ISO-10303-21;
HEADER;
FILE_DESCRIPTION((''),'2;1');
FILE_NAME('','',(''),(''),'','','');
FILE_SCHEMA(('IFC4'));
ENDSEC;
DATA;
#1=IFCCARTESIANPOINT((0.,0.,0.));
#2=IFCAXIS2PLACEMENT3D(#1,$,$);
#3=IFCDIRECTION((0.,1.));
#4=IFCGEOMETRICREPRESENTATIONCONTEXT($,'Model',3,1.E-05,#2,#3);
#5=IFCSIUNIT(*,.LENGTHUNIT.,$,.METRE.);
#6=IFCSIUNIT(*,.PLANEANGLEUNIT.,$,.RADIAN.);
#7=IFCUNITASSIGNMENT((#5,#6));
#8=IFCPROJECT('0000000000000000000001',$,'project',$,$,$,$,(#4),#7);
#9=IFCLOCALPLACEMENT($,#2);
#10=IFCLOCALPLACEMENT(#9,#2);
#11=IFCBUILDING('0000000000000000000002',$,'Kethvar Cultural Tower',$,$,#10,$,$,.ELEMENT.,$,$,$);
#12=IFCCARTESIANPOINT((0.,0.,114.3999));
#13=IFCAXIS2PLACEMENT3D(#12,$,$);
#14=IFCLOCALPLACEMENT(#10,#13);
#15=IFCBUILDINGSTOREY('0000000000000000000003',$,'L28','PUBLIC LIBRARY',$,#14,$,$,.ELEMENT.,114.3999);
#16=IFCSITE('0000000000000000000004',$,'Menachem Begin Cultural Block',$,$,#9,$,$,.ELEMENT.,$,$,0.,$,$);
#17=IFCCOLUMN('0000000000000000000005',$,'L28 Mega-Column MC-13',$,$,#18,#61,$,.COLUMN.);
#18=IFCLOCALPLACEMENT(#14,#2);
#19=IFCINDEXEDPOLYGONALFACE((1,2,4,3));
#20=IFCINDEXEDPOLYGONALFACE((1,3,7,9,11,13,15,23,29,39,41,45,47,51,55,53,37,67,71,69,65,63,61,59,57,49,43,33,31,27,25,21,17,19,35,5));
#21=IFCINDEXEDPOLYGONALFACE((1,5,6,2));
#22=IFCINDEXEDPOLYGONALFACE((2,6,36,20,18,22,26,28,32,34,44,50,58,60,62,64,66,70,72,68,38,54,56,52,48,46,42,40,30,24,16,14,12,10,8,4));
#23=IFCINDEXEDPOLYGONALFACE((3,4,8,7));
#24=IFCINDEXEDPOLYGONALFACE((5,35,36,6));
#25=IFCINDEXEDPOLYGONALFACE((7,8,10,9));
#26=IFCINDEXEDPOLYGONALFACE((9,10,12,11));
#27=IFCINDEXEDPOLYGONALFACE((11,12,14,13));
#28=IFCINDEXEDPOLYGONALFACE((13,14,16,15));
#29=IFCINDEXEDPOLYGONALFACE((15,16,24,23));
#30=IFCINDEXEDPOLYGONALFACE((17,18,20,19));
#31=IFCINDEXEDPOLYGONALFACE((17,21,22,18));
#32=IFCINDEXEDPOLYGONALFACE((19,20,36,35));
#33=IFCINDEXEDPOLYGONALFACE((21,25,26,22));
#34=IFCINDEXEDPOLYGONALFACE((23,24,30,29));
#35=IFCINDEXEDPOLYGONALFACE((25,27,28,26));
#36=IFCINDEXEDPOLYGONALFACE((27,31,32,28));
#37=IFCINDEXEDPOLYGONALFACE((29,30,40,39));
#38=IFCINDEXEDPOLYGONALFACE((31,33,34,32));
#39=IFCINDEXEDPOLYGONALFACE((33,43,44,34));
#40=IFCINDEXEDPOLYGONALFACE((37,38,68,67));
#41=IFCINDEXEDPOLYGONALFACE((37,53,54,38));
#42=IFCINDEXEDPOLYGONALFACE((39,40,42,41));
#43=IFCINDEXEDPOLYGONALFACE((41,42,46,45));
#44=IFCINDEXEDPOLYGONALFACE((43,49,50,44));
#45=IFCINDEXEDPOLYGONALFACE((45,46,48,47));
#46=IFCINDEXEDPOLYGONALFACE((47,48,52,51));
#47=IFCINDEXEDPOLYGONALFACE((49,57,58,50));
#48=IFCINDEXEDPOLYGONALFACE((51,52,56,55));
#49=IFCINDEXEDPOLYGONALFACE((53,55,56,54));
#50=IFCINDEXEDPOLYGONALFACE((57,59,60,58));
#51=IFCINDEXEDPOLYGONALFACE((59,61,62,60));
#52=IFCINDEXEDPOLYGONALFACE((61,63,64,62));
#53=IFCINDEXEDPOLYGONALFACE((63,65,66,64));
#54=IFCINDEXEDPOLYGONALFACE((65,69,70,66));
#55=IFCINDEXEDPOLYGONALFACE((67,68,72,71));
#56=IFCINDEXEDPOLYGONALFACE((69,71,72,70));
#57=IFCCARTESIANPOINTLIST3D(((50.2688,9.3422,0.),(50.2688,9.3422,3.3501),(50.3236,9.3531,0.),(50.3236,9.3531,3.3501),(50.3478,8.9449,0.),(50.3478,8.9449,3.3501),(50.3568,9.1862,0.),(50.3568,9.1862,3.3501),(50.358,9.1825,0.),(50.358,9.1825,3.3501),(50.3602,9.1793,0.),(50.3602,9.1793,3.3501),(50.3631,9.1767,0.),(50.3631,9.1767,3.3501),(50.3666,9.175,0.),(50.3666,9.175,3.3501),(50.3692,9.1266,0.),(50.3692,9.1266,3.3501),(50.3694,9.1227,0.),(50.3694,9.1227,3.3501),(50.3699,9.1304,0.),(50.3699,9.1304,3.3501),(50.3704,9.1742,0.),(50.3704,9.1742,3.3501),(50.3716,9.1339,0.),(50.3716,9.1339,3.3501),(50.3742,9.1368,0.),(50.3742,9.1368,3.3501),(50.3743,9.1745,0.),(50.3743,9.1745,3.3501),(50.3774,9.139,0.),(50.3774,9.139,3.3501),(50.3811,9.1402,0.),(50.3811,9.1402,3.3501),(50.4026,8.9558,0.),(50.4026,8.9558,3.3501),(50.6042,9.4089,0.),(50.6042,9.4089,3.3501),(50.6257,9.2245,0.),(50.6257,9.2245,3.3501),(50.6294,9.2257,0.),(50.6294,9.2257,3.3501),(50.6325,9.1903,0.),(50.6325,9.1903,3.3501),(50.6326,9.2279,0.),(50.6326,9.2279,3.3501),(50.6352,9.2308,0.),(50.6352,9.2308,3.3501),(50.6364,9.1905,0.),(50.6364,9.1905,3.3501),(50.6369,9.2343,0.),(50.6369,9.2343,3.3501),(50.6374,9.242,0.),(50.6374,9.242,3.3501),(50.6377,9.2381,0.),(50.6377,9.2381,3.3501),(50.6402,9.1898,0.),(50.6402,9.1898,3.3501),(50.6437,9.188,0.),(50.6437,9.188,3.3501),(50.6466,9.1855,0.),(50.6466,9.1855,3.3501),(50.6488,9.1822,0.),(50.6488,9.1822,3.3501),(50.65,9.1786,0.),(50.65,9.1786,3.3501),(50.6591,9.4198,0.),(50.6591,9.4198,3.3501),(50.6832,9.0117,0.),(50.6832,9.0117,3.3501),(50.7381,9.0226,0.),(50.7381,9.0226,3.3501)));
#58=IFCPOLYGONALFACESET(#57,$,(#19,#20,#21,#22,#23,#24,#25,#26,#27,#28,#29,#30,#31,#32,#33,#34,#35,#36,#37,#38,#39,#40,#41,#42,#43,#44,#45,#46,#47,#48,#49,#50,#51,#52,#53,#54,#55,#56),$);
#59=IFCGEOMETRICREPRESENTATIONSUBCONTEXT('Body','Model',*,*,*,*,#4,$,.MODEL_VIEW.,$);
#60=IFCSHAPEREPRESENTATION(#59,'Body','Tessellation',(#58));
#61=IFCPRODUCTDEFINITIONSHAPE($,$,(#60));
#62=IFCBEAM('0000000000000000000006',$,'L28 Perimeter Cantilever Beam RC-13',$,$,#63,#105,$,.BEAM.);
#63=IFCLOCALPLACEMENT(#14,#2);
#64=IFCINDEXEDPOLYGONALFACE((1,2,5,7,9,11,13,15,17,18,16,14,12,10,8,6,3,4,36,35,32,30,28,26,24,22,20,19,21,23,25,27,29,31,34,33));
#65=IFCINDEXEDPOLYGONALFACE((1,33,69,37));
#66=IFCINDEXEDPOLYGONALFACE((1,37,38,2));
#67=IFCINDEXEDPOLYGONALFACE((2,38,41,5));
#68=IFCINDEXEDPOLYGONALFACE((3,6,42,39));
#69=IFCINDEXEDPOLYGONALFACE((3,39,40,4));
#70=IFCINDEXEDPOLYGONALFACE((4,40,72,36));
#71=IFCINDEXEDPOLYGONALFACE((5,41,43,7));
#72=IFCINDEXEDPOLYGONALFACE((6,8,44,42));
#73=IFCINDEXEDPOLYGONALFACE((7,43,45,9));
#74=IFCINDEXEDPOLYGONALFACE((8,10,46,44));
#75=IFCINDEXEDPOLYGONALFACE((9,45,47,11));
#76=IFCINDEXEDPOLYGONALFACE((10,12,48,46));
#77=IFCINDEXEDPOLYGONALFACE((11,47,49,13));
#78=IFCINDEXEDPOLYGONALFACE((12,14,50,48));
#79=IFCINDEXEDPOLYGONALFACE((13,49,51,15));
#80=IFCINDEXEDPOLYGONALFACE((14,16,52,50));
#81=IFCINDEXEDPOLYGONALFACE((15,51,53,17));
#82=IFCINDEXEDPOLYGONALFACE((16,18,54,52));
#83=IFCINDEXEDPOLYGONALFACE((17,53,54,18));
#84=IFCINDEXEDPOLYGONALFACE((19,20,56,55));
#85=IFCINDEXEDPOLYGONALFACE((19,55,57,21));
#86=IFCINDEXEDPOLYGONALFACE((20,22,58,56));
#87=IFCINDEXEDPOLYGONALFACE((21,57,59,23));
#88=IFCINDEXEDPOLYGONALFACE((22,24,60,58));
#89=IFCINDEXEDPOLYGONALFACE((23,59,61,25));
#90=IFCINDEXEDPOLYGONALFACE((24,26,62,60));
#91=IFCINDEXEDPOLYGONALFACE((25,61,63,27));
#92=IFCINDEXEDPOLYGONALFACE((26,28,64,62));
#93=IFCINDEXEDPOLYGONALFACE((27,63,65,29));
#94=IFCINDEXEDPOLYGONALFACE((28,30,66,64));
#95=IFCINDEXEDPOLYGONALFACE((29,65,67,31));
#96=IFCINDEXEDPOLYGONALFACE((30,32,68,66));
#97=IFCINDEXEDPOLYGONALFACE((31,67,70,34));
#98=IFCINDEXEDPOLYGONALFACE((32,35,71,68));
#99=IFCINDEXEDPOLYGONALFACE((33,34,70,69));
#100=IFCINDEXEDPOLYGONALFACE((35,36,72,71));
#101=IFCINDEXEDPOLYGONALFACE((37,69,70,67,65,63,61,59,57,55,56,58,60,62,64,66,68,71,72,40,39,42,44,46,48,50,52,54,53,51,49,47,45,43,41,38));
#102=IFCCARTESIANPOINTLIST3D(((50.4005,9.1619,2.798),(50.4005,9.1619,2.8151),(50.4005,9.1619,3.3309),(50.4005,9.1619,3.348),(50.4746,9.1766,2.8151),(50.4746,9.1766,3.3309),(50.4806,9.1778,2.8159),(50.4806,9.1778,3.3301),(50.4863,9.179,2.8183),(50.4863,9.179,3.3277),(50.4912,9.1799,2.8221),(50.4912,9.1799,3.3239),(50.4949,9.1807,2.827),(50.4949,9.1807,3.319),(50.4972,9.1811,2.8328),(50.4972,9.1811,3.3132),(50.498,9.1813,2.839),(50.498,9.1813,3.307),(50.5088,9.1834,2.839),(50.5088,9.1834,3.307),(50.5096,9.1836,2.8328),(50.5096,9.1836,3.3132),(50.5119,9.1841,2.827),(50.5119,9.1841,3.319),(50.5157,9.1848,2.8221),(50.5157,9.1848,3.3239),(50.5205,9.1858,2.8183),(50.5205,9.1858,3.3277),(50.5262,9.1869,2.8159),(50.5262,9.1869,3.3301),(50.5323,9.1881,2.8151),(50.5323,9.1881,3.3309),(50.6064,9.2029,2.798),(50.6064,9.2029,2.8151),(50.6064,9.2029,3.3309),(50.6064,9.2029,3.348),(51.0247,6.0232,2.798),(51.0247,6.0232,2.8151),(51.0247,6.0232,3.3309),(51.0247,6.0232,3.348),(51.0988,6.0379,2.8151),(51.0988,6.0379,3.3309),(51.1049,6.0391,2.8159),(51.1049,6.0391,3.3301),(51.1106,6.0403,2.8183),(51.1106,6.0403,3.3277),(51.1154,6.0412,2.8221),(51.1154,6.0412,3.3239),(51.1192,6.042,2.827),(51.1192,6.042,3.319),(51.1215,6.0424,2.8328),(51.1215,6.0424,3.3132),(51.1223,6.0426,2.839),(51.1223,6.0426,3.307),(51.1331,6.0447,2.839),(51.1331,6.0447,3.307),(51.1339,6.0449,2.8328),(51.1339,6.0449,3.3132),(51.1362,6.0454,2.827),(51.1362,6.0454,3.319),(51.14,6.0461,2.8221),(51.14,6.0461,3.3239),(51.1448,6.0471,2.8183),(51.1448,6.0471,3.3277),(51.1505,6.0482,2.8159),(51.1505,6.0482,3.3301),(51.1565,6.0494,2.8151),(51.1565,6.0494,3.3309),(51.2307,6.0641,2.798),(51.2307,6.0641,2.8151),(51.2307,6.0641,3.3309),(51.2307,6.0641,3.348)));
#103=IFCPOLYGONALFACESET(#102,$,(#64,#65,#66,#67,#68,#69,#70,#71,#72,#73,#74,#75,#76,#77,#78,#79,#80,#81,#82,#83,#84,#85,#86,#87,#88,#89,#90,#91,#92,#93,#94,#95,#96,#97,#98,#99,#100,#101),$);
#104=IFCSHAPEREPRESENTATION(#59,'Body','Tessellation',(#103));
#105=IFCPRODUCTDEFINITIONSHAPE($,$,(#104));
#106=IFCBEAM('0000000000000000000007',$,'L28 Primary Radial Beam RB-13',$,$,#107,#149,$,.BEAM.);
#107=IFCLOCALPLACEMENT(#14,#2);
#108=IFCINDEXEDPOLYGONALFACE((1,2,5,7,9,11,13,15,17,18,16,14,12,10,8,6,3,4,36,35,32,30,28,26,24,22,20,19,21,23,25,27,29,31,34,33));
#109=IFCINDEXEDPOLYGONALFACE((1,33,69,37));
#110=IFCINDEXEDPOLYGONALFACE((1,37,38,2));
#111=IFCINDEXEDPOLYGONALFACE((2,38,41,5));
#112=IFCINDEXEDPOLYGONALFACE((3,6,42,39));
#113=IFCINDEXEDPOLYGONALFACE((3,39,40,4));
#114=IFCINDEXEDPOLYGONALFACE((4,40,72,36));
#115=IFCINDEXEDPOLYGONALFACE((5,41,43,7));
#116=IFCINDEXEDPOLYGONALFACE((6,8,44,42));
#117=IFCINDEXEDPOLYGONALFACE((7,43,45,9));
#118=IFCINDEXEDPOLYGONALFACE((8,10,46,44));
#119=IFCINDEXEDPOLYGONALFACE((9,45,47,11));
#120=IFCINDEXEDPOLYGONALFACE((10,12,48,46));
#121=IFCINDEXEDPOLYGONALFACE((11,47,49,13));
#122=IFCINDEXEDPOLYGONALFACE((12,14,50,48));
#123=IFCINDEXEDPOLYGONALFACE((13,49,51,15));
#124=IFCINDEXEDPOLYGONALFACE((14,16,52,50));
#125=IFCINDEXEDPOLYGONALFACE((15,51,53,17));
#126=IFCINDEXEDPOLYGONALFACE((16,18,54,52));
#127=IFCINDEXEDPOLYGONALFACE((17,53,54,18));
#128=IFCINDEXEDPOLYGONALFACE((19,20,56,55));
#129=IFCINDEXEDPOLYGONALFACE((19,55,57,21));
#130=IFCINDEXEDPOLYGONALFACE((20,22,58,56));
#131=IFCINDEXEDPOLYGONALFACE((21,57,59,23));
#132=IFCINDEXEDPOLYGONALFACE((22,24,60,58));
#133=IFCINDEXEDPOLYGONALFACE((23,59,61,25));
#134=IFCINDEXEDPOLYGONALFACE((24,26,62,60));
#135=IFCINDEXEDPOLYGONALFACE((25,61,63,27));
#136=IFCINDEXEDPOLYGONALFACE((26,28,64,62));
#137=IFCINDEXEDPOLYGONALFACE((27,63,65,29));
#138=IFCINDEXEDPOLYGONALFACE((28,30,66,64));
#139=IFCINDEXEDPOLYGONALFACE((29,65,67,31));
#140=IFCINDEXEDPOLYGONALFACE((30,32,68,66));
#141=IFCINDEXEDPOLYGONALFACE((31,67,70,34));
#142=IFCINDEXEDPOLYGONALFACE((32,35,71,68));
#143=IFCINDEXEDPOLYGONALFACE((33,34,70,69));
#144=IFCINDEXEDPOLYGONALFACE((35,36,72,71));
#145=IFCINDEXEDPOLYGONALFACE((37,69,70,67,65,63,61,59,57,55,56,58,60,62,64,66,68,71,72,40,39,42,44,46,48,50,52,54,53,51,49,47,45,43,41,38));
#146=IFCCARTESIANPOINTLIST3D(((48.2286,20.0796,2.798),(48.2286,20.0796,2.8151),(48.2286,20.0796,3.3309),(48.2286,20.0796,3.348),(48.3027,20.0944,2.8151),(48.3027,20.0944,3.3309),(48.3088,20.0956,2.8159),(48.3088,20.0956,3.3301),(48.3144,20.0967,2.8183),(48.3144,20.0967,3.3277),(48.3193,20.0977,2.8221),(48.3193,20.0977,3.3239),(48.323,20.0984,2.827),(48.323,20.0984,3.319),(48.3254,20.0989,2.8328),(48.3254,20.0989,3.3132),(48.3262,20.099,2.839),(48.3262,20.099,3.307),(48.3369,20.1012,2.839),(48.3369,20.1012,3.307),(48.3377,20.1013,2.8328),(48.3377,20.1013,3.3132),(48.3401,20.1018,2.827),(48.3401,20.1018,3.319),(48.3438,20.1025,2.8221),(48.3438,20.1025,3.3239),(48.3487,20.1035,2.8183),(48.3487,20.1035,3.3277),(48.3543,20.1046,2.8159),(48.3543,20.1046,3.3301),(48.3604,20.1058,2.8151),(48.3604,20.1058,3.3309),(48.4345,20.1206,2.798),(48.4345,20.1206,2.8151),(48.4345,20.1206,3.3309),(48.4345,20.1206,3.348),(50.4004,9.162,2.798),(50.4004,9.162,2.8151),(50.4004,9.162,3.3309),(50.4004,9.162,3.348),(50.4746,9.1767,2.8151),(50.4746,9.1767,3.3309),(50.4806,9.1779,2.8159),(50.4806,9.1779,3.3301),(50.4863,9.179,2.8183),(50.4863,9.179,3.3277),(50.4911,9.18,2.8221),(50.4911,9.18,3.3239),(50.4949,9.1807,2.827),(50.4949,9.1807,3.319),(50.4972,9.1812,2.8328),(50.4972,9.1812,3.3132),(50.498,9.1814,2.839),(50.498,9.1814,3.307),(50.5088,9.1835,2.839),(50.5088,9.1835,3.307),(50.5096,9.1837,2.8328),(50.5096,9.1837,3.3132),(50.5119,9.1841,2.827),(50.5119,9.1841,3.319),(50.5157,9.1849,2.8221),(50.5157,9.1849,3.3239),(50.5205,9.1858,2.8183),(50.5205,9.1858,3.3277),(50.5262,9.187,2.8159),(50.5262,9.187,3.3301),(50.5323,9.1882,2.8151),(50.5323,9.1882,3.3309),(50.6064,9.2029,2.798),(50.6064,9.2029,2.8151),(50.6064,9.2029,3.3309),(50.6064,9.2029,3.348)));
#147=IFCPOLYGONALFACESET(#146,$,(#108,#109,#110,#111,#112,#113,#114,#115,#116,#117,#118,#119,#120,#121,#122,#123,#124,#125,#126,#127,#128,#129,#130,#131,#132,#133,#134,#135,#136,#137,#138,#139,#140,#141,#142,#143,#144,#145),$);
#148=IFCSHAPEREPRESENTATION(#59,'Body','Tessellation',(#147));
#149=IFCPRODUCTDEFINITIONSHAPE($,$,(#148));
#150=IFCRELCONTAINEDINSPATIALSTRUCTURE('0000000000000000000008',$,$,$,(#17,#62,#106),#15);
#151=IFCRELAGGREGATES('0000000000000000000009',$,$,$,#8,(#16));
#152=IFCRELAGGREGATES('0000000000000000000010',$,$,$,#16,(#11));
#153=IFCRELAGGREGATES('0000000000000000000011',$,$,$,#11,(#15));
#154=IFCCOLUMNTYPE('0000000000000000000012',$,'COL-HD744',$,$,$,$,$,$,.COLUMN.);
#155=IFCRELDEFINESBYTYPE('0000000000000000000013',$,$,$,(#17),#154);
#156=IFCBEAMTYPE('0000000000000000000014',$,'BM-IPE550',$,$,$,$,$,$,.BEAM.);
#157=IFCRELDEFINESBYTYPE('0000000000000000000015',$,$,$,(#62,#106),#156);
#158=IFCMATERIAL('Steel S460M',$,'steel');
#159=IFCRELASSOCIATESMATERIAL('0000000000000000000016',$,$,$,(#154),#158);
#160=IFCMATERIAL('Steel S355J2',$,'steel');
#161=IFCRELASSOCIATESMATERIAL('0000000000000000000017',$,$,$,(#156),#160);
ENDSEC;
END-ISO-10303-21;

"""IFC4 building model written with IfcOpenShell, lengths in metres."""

from ifc_helpers import new_model, si_unit, direction, frame, origin, origin_2d, place, context, subcontext, project, spatial, i_section, extrude, source, transform, mapped, material, material_profile, profile_set, type_object, element, save


model = new_model("IFC4")

# Units and contexts
model_context = context("Model", 3, precision=1e-05, world=origin(), true_north=direction((0.0, 1.0)))
body_context = subcontext(model_context, "Body", "Model", "MODEL_VIEW")
ifc_project = project(units=[si_unit("LENGTHUNIT", "METRE"), si_unit("PLANEANGLEUNIT", "RADIAN")], contexts=[model_context])

# Site, building, storey
site_placement = place(None, origin())
site = spatial("IfcSite", under=ifc_project, at=site_placement, Name="Menachem Begin Cultural Block", CompositionType="ELEMENT", RefElevation=0.0)
building_placement = place(site_placement, origin())
building = spatial("IfcBuilding", under=site, at=building_placement, Name="Kethvar Cultural Tower", CompositionType="ELEMENT")
storey_placement = place(building_placement, frame((0.0, 0.0, 114.3999)))
storey = spatial("IfcBuildingStorey", under=building, at=storey_placement, Name="L28", Description="PUBLIC LIBRARY", CompositionType="ELEMENT", Elevation=114.3999)

# Column
ifc_material_1 = material(Name="Steel S460M", Category="steel")
ifc_material_profile_1 = material_profile(ifc_material_1, i_section(OverallWidth=0.405, OverallDepth=0.3979, WebThickness=0.0349, FlangeThickness=0.0559, FilletRadius=0.0149, at=origin_2d()), Name="Steel S460M — HD400x744")
ifc_profile_set_1 = profile_set([ifc_material_profile_1], Name="Steel S460M — HD400x744")
column_type = type_object("IfcColumnType", Name="COL-HD744", PredefinedType="COLUMN", material=ifc_profile_set_1)
shared_shape_1 = source(origin(), body_context, "Body", "SweptSolid", [
    extrude(i_section(OverallWidth=0.405, OverallDepth=0.3979, WebThickness=0.0349, FlangeThickness=0.0559, FilletRadius=0.0149, at=origin_2d()), origin(), (0.0, 0.0, 1.0), 3.3501),
])
column_placement = place(storey_placement, frame((50.5034, 9.1824, 0.0), z_axis=(0.0, 0.0, 1.0), x_axis=(0.19509, -0.980785, 0.0)))
element("IfcColumn", 1, at=column_placement, inside=storey, type_object=column_type, Name="L28 Mega-Column MC-13", PredefinedType="COLUMN", context=body_context, shape_type="MappedRepresentation", body=[
    mapped(shared_shape_1, transform((0.0, 0.0, 0.0), scale=1.0)),
])

# Beams
ifc_material_2 = material(Name="Steel S355J2", Category="steel")
ifc_material_profile_2 = material_profile(ifc_material_2, i_section(OverallWidth=0.21, OverallDepth=0.55, WebThickness=0.011, FlangeThickness=0.0171, FilletRadius=0.0239, at=origin_2d()), Name="Steel S355J2 — IPE550")
ifc_profile_set_2 = profile_set([ifc_material_profile_2], Name="Steel S355J2 — IPE550")
beam_type_1 = type_object("IfcBeamType", Name="BM-IPE550", PredefinedType="BEAM", material=ifc_profile_set_2)
shared_shape_2 = source(origin(), body_context, "Body", "SweptSolid", [
    extrude(i_section(OverallWidth=0.21, OverallDepth=0.55, WebThickness=0.011, FlangeThickness=0.0171, FilletRadius=0.0239, at=origin_2d()), origin(), (0.0, 0.0, 1.0), 3.2002),
])
beam_1_placement = place(storey_placement, frame((50.5034, 9.1824, 3.073), z_axis=(0.195074, -0.980788, 0.0), x_axis=(0.980788, 0.195074, 0.0)))
element("IfcBeam", 2, at=beam_1_placement, inside=storey, type_object=beam_type_1, Name="L28 Perimeter Cantilever Beam RC-13", PredefinedType="BEAM", context=body_context, shape_type="MappedRepresentation", body=[
    mapped(shared_shape_2, transform((0.0, 0.0, 0.0), scale=1.0)),
])
shared_shape_3 = source(origin(), body_context, "Body", "SweptSolid", [
    extrude(i_section(OverallWidth=0.21, OverallDepth=0.55, WebThickness=0.011, FlangeThickness=0.0171, FilletRadius=0.0239, at=origin_2d()), origin(), (0.0, 0.0, 1.0), 11.1316),
])
beam_2_placement = place(storey_placement, frame((48.3315, 20.1001, 3.073), z_axis=(0.195108, -0.980782, 0.0), x_axis=(0.980782, 0.195108, 0.0)))
element("IfcBeam", 3, at=beam_2_placement, inside=storey, type_object=beam_type_1, Name="L28 Primary Radial Beam RB-13", PredefinedType="BEAM", context=body_context, shape_type="MappedRepresentation", body=[
    mapped(shared_shape_3, transform((0.0, 0.0, 0.0), scale=1.0)),
])

save(model, "model.ifc")
